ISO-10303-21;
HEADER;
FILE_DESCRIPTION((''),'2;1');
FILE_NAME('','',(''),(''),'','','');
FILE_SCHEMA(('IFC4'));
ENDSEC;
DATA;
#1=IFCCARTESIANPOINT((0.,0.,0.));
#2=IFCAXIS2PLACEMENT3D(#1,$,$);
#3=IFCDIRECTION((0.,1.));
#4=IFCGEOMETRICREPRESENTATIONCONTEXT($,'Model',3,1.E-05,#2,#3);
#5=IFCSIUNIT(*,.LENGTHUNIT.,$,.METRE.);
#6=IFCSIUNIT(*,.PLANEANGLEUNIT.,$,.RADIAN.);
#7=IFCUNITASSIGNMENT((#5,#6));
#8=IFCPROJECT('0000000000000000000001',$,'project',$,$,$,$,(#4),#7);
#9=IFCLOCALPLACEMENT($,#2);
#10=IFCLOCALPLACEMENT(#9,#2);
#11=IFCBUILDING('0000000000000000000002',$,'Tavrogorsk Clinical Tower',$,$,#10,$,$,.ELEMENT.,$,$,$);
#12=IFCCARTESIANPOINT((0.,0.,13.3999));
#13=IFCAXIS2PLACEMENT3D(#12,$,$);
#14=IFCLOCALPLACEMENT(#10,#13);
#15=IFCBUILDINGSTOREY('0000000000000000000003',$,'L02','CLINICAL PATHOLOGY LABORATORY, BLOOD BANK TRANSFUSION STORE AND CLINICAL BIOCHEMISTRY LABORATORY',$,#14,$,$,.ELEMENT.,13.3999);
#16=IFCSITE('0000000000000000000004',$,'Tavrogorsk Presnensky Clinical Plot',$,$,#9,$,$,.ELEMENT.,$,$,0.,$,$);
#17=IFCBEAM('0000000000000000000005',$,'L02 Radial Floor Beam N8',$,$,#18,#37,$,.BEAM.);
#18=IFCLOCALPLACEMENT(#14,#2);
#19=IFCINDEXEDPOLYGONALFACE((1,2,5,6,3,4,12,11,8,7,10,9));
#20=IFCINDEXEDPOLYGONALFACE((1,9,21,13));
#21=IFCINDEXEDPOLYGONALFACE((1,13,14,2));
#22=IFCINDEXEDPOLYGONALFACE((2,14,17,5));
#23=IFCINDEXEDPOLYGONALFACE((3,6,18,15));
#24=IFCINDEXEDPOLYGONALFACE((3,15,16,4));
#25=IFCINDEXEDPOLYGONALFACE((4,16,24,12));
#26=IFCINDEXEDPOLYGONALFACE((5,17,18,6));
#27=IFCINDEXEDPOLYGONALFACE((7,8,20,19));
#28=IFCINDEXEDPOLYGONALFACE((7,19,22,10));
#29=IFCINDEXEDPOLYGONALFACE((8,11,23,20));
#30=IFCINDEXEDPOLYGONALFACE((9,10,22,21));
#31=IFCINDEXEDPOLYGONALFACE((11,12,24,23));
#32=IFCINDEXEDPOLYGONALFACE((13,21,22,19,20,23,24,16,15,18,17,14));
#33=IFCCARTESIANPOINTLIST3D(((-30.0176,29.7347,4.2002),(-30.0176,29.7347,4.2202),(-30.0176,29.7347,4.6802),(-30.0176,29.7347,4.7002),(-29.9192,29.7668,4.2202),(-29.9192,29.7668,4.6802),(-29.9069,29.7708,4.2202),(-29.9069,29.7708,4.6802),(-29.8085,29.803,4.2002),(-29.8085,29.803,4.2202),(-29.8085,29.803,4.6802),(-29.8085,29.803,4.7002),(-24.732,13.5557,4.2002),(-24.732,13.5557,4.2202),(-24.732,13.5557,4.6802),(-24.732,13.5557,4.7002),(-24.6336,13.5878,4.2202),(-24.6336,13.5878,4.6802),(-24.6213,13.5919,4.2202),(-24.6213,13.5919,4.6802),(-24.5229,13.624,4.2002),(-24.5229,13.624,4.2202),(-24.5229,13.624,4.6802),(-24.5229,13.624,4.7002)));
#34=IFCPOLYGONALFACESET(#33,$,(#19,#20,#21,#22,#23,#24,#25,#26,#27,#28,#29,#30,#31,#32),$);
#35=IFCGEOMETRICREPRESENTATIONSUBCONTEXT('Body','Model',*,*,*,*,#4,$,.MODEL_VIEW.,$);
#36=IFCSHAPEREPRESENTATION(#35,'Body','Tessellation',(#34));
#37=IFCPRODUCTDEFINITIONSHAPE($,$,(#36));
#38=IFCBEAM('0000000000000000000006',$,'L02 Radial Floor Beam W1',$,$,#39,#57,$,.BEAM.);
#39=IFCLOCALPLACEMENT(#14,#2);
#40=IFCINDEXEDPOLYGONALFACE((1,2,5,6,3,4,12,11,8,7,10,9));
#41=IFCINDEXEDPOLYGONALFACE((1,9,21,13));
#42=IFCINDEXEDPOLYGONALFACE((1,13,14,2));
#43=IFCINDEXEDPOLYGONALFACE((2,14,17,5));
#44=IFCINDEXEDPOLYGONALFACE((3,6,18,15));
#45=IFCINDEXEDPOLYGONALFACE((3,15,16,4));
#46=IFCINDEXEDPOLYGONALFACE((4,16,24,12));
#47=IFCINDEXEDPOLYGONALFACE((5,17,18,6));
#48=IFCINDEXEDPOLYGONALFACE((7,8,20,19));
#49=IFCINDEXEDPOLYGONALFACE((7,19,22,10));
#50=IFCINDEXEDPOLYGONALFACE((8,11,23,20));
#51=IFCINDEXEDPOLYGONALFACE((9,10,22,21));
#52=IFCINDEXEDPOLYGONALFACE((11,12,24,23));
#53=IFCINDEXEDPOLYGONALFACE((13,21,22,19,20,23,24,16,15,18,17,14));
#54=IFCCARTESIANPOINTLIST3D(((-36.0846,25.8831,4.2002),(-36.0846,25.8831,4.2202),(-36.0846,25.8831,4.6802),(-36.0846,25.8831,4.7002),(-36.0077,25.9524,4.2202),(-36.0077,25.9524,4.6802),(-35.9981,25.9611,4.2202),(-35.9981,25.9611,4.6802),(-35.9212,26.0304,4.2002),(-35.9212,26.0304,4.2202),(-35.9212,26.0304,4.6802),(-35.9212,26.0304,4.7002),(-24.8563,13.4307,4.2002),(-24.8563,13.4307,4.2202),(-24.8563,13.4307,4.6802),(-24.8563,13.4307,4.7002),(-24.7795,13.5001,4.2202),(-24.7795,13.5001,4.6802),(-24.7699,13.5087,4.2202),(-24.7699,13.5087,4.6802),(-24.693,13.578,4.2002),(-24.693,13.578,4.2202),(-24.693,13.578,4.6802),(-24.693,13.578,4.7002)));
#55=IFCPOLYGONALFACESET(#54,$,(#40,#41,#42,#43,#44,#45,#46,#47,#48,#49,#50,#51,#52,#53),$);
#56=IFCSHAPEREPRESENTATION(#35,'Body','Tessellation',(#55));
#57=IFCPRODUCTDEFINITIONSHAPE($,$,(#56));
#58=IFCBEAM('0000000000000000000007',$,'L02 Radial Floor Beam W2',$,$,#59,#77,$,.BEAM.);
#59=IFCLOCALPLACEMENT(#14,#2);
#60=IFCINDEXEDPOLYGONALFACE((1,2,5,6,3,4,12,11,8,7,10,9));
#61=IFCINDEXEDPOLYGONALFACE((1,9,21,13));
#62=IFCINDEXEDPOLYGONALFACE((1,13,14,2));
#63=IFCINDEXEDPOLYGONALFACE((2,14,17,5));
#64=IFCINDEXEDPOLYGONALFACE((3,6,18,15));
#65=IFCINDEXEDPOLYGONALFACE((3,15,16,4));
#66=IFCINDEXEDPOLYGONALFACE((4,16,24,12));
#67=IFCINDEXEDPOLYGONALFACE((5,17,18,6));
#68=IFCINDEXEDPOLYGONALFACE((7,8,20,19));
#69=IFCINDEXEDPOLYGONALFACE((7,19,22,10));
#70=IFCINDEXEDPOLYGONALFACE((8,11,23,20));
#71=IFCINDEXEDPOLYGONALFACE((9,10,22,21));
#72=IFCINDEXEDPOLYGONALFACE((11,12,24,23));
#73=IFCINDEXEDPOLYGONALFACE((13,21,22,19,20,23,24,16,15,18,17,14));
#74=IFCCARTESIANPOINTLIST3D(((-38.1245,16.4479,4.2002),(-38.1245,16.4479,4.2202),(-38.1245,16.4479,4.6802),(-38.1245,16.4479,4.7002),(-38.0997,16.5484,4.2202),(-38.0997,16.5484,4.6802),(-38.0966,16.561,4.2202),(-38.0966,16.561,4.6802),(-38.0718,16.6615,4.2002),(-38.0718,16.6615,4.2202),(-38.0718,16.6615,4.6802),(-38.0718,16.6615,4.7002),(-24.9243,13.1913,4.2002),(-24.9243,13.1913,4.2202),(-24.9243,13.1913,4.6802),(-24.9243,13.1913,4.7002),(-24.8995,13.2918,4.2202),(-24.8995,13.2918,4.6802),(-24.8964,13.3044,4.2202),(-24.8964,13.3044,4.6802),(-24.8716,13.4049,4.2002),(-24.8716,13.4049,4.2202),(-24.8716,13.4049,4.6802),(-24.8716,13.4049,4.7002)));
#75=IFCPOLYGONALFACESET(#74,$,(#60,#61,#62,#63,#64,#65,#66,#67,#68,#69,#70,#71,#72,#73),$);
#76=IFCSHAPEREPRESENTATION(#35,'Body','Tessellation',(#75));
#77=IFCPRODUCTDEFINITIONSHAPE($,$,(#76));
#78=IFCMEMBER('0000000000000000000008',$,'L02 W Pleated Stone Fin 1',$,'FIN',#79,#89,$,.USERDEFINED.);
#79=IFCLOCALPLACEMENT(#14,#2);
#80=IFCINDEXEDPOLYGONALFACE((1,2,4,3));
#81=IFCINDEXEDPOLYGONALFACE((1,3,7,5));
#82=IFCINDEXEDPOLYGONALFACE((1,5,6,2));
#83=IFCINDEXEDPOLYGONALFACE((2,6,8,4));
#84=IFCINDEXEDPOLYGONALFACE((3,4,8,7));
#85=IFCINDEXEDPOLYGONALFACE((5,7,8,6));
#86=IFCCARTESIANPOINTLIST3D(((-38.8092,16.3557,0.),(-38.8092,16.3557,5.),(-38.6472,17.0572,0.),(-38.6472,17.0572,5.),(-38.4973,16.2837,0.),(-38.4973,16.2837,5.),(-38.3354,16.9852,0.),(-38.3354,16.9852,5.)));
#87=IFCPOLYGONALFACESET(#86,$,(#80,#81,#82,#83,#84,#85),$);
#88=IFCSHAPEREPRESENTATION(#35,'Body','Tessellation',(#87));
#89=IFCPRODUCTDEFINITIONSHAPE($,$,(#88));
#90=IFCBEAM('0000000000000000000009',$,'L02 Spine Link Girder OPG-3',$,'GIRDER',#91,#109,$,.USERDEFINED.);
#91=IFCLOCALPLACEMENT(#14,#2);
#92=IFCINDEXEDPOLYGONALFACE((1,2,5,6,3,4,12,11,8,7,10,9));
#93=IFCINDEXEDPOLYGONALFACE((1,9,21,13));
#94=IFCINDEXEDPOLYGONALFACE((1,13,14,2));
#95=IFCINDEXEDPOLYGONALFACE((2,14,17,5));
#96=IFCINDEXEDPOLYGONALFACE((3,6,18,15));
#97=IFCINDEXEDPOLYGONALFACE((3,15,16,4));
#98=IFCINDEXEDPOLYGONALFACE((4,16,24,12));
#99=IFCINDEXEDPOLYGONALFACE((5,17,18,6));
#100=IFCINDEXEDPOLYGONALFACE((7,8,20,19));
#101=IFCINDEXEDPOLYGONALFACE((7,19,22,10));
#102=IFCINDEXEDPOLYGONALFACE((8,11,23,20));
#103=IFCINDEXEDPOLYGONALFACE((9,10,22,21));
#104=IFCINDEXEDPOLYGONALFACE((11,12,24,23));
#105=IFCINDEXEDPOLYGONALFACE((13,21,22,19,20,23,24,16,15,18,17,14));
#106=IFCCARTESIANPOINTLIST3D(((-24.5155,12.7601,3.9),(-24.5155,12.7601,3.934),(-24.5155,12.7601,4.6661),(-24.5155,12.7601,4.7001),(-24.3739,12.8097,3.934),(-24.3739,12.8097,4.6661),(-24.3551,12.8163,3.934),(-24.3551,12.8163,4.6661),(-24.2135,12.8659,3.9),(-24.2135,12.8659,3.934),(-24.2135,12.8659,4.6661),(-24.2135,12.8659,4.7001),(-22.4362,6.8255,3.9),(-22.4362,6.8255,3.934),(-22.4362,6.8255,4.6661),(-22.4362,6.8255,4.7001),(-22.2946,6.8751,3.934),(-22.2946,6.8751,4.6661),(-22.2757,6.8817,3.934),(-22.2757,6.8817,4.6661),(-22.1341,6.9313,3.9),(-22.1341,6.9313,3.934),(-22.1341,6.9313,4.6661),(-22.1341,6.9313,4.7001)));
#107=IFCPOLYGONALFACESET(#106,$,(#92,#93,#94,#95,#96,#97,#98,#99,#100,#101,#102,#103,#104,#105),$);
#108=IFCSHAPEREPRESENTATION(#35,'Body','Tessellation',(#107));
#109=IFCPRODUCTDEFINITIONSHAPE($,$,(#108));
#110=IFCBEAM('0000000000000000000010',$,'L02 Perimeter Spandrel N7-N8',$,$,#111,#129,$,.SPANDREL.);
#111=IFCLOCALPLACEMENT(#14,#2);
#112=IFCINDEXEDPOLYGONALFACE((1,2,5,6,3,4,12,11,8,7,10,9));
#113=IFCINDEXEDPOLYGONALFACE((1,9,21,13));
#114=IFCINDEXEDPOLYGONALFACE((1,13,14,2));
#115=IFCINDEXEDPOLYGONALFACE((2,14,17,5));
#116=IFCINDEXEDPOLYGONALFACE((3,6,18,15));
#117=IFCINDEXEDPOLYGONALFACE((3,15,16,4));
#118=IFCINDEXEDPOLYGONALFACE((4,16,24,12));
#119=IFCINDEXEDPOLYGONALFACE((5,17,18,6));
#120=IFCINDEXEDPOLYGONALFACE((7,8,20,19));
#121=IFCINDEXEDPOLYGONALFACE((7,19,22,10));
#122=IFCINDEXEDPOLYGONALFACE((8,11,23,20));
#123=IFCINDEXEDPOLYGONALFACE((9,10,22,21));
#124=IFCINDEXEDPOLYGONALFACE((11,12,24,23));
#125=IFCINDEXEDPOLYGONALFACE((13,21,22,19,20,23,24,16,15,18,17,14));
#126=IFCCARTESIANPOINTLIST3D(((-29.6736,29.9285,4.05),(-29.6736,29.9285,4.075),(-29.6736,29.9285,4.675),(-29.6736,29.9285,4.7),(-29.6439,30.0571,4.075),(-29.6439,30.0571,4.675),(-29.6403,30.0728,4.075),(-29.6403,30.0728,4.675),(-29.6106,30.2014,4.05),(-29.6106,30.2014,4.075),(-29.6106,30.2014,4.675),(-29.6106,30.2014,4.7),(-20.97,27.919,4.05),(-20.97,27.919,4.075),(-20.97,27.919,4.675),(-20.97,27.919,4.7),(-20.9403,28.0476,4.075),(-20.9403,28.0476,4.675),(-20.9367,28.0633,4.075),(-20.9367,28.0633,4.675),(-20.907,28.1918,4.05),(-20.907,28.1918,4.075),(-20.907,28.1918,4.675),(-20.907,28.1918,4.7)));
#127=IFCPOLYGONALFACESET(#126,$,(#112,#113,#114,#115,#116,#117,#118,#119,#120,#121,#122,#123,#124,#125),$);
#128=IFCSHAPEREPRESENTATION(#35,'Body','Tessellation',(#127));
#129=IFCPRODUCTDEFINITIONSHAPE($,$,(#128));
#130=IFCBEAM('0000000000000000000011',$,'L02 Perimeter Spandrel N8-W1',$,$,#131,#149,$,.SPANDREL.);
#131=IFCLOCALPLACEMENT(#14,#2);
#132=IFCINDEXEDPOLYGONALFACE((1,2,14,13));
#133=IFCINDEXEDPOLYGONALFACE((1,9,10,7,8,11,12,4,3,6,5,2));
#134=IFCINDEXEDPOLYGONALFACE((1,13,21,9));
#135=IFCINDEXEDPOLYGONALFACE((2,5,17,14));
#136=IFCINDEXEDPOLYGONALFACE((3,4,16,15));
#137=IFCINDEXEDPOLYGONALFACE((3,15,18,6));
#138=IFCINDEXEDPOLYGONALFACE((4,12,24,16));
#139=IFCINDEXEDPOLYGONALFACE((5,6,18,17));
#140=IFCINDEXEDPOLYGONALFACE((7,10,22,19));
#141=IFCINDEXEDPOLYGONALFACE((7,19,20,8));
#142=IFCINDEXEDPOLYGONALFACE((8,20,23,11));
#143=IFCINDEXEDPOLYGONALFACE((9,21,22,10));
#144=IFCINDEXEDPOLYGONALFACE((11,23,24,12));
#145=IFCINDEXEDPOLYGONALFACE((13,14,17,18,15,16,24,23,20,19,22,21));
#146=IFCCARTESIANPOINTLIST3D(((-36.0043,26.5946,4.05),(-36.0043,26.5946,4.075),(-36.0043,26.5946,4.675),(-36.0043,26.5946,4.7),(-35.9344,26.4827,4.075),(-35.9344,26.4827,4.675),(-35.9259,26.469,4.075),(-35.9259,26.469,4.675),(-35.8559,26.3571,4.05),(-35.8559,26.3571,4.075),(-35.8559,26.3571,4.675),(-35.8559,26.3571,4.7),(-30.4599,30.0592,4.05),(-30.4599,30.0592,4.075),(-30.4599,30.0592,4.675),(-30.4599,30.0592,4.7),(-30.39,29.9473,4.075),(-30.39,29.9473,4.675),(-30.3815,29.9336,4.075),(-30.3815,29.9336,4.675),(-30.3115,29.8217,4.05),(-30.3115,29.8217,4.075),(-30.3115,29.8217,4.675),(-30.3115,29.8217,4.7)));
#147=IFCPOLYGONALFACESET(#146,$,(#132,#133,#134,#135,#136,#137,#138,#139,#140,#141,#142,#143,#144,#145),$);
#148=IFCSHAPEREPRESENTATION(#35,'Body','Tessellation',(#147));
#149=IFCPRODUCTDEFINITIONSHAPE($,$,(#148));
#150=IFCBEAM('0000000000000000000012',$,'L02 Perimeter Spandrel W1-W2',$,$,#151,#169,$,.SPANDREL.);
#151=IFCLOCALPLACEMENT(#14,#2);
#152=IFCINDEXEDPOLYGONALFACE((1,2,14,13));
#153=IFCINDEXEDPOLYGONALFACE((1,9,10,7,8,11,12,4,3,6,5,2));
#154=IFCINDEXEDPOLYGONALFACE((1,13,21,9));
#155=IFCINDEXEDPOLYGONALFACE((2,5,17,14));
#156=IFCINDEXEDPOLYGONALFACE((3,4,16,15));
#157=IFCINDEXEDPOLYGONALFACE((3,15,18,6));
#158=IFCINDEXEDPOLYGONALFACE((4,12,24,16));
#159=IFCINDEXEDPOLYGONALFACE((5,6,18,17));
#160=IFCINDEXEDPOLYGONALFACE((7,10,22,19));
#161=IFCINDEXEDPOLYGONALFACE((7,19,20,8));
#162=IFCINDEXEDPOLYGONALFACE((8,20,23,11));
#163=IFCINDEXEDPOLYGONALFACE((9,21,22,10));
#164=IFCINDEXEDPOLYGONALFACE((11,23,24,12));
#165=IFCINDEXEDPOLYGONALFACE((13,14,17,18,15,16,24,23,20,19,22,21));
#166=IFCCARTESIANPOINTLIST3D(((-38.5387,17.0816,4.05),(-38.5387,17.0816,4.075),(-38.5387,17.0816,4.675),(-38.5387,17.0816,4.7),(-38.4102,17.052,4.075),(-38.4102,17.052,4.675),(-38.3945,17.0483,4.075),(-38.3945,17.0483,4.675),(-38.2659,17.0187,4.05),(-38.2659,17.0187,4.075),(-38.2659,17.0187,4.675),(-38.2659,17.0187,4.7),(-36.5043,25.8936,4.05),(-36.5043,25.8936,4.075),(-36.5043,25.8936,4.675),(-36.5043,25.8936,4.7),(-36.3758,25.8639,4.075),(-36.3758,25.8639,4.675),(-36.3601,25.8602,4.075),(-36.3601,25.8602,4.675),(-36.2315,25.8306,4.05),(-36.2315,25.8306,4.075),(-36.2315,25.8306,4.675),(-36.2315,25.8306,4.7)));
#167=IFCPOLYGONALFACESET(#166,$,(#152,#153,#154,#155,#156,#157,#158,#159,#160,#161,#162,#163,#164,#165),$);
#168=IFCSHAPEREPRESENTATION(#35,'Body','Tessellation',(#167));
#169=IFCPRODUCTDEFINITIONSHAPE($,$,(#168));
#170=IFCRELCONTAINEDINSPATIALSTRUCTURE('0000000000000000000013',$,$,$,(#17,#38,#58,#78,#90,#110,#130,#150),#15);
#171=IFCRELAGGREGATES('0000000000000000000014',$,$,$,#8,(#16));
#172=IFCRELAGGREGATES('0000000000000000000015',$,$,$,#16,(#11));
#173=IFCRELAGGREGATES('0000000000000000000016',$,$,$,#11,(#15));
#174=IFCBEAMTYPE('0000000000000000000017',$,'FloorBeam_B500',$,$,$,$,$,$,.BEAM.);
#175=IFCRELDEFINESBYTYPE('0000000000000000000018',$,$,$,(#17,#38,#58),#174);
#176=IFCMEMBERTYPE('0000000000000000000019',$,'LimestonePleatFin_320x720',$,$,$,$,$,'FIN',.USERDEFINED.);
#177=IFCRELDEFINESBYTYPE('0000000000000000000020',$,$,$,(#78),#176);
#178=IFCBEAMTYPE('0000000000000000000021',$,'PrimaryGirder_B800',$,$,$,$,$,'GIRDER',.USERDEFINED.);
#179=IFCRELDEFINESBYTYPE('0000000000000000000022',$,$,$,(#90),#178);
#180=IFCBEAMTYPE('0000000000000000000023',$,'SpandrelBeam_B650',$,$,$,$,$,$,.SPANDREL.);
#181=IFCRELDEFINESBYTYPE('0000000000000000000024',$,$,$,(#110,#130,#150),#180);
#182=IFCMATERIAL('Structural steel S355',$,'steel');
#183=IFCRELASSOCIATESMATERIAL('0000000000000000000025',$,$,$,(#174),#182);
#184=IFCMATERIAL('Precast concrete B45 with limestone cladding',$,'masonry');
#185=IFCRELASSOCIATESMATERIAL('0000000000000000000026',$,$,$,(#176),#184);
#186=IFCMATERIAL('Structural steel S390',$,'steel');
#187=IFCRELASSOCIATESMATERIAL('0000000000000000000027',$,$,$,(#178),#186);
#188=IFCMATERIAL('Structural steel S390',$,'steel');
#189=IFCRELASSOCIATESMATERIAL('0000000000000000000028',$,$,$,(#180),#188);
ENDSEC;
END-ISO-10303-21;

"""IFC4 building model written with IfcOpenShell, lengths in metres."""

from ifc_helpers import new_model, si_unit, direction, frame, origin, origin_2d, place, context, subcontext, project, spatial, rectangle, i_section, extrude, material, material_profile, profile_set, type_object, element, save


model = new_model("IFC4")

# Units and contexts
model_context = context("Model", 3, precision=1e-05, world=origin(), true_north=direction((0.0, 1.0)))
body_context = subcontext(model_context, "Body", "Model", "MODEL_VIEW")
ifc_project = project(units=[si_unit("LENGTHUNIT", "METRE"), si_unit("PLANEANGLEUNIT", "RADIAN")], contexts=[model_context])

# Site, building, storey
site_placement = place(None, origin())
site = spatial("IfcSite", under=ifc_project, at=site_placement, Name="Tavrogorsk Presnensky Clinical Plot", CompositionType="ELEMENT", RefElevation=0.0)
building_placement = place(site_placement, origin())
building = spatial("IfcBuilding", under=site, at=building_placement, Name="Tavrogorsk Clinical Tower", CompositionType="ELEMENT")
storey_placement = place(building_placement, frame((0.0, 0.0, 13.3999)))
storey = spatial("IfcBuildingStorey", under=building, at=storey_placement, Name="L02", Description="CLINICAL PATHOLOGY LABORATORY, BLOOD BANK TRANSFUSION STORE AND CLINICAL BIOCHEMISTRY LABORATORY", CompositionType="ELEMENT", Elevation=13.3999)

# Beams
ifc_material_1 = material(Name="Structural steel S355", Category="steel")
ifc_material_profile_1 = material_profile(ifc_material_1, i_section(OverallWidth=0.22, OverallDepth=0.5, WebThickness=0.0129, FlangeThickness=0.02, at=origin_2d()), Name="B-500x220x13x20")
ifc_profile_set_1 = profile_set([ifc_material_profile_1], Name="Structural steel S355")
beam_type_1 = type_object("IfcBeamType", Name="FloorBeam_B500", PredefinedType="BEAM", material=ifc_profile_set_1)
beam_1_placement = place(storey_placement, frame((-24.6274, 13.5898, 4.4502), z_axis=(-0.310546, 0.950558, 0.0), x_axis=(-0.950558, -0.310546, 0.0)))
element("IfcBeam", 1, at=beam_1_placement, inside=storey, type_object=beam_type_1, Name="L02 Radial Floor Beam N8", PredefinedType="BEAM", context=body_context, shape_type="SweptSolid", body=[
    extrude(i_section(OverallWidth=0.22, OverallDepth=0.5, WebThickness=0.0129, FlangeThickness=0.02, at=origin_2d()), origin(), (0.0, 0.0, 1.0), 17.0205),
])
beam_2_placement = place(storey_placement, frame((-24.7747, 13.5044, 4.4502), z_axis=(-0.66966, 0.742668, 0.0), x_axis=(-0.742668, -0.66966, 0.0)))
element("IfcBeam", 2, at=beam_2_placement, inside=storey, type_object=beam_type_1, Name="L02 Radial Floor Beam W1", PredefinedType="BEAM", context=body_context, shape_type="SweptSolid", body=[
    extrude(i_section(OverallWidth=0.22, OverallDepth=0.5, WebThickness=0.0129, FlangeThickness=0.02, at=origin_2d()), origin(), (0.0, 0.0, 1.0), 16.7671),
])
beam_3_placement = place(storey_placement, frame((-24.8979, 13.2981, 4.4502), z_axis=(-0.97089, 0.239526, 0.0), x_axis=(-0.239526, -0.97089, 0.0)))
element("IfcBeam", 3, at=beam_3_placement, inside=storey, type_object=beam_type_1, Name="L02 Radial Floor Beam W2", PredefinedType="BEAM", context=body_context, shape_type="SweptSolid", body=[
    extrude(i_section(OverallWidth=0.22, OverallDepth=0.5, WebThickness=0.0129, FlangeThickness=0.02, at=origin_2d()), origin(), (0.0, 0.0, 1.0), 13.5959),
])

# Member
ifc_material_2 = material(Name="Precast concrete B45 with limestone cladding", Category="masonry")
ifc_material_profile_2 = material_profile(ifc_material_2, rectangle(XDim=0.3201, YDim=0.72, at=origin_2d()), Name="LIMESTONE-FIN-320x720")
ifc_profile_set_2 = profile_set([ifc_material_profile_2], Name="Precast concrete B45 with limestone cladding")
member_type_1 = type_object("IfcMemberType", Name="LimestonePleatFin_320x720", ElementType="FIN", PredefinedType="USERDEFINED", material=ifc_profile_set_2)
member_1_placement = place(storey_placement, frame((-38.5723, 16.6704, 0.0), z_axis=(0.0, 0.0, 1.0), x_axis=(0.97437, -0.224951, 0.0)))
element("IfcMember", 4, at=member_1_placement, inside=storey, type_object=member_type_1, Name="L02 W Pleated Stone Fin 1", ObjectType="FIN", PredefinedType="USERDEFINED", context=body_context, shape_type="SweptSolid", body=[
    extrude(rectangle(XDim=0.3201, YDim=0.72, at=origin_2d()), origin(), (0.0, 0.0, 1.0), 5.0),
])

# Beams
ifc_material_3 = material(Name="Structural steel S390", Category="steel")
ifc_material_profile_3 = material_profile(ifc_material_3, i_section(OverallWidth=0.3201, OverallDepth=0.8, WebThickness=0.02, FlangeThickness=0.0339, at=origin_2d()), Name="B-800x320x20x34")
ifc_profile_set_3 = profile_set([ifc_material_profile_3], Name="Structural steel S390")
beam_type_2 = type_object("IfcBeamType", Name="PrimaryGirder_B800", ElementType="GIRDER", PredefinedType="USERDEFINED", material=ifc_profile_set_3)
beam_4_placement = place(storey_placement, frame((-24.3645, 12.813, 4.3), z_axis=(0.330669, -0.943747, 0.0), x_axis=(0.943747, 0.330669, 0.0)))
element("IfcBeam", 5, at=beam_4_placement, inside=storey, type_object=beam_type_2, Name="L02 Spine Link Girder OPG-3", ObjectType="GIRDER", PredefinedType="USERDEFINED", context=body_context, shape_type="SweptSolid", body=[
    extrude(i_section(OverallWidth=0.3201, OverallDepth=0.8, WebThickness=0.02, FlangeThickness=0.0339, at=origin_2d()), origin(), (0.0, 0.0, 1.0), 6.2883),
])
ifc_material_4 = material(Name="Structural steel S390", Category="steel")
ifc_material_profile_4 = material_profile(ifc_material_4, i_section(OverallWidth=0.28, OverallDepth=0.6499, WebThickness=0.0161, FlangeThickness=0.0249, at=origin_2d()), Name="B-650x280x16x25")
ifc_profile_set_4 = profile_set([ifc_material_profile_4], Name="Structural steel S390")
beam_type_3 = type_object("IfcBeamType", Name="SpandrelBeam_B650", PredefinedType="SPANDREL", material=ifc_profile_set_4)
beam_5_placement = place(storey_placement, frame((-20.9385, 28.0554, 4.375), z_axis=(-0.974367, 0.224965, 0.0), x_axis=(-0.224965, -0.974367, 0.0)))
element("IfcBeam", 6, at=beam_5_placement, inside=storey, type_object=beam_type_3, Name="L02 Perimeter Spandrel N7-N8", PredefinedType="SPANDREL", context=body_context, shape_type="SweptSolid", body=[
    extrude(i_section(OverallWidth=0.28, OverallDepth=0.6499, WebThickness=0.0161, FlangeThickness=0.0249, at=origin_2d()), origin(), (0.0, 0.0, 1.0), 8.9326),
])
beam_6_placement = place(storey_placement, frame((-30.3857, 29.9404, 4.375), z_axis=(-0.848044, -0.529925, 0.0), x_axis=(0.529925, -0.848044, 0.0)))
element("IfcBeam", 7, at=beam_6_placement, inside=storey, type_object=beam_type_3, Name="L02 Perimeter Spandrel N8-W1", PredefinedType="SPANDREL", context=body_context, shape_type="SweptSolid", body=[
    extrude(i_section(OverallWidth=0.28, OverallDepth=0.6499, WebThickness=0.0161, FlangeThickness=0.0249, at=origin_2d()), origin(), (0.0, 0.0, 1.0), 6.5378),
])
beam_7_placement = place(storey_placement, frame((-36.3679, 25.8621, 4.375), z_axis=(-0.224952, -0.97437, 0.0), x_axis=(0.97437, -0.224952, 0.0)))
element("IfcBeam", 8, at=beam_7_placement, inside=storey, type_object=beam_type_3, Name="L02 Perimeter Spandrel W1-W2", PredefinedType="SPANDREL", context=body_context, shape_type="SweptSolid", body=[
    extrude(i_section(OverallWidth=0.28, OverallDepth=0.6499, WebThickness=0.0161, FlangeThickness=0.0249, at=origin_2d()), origin(), (0.0, 0.0, 1.0), 9.0437),
])

save(model, "model.ifc")
